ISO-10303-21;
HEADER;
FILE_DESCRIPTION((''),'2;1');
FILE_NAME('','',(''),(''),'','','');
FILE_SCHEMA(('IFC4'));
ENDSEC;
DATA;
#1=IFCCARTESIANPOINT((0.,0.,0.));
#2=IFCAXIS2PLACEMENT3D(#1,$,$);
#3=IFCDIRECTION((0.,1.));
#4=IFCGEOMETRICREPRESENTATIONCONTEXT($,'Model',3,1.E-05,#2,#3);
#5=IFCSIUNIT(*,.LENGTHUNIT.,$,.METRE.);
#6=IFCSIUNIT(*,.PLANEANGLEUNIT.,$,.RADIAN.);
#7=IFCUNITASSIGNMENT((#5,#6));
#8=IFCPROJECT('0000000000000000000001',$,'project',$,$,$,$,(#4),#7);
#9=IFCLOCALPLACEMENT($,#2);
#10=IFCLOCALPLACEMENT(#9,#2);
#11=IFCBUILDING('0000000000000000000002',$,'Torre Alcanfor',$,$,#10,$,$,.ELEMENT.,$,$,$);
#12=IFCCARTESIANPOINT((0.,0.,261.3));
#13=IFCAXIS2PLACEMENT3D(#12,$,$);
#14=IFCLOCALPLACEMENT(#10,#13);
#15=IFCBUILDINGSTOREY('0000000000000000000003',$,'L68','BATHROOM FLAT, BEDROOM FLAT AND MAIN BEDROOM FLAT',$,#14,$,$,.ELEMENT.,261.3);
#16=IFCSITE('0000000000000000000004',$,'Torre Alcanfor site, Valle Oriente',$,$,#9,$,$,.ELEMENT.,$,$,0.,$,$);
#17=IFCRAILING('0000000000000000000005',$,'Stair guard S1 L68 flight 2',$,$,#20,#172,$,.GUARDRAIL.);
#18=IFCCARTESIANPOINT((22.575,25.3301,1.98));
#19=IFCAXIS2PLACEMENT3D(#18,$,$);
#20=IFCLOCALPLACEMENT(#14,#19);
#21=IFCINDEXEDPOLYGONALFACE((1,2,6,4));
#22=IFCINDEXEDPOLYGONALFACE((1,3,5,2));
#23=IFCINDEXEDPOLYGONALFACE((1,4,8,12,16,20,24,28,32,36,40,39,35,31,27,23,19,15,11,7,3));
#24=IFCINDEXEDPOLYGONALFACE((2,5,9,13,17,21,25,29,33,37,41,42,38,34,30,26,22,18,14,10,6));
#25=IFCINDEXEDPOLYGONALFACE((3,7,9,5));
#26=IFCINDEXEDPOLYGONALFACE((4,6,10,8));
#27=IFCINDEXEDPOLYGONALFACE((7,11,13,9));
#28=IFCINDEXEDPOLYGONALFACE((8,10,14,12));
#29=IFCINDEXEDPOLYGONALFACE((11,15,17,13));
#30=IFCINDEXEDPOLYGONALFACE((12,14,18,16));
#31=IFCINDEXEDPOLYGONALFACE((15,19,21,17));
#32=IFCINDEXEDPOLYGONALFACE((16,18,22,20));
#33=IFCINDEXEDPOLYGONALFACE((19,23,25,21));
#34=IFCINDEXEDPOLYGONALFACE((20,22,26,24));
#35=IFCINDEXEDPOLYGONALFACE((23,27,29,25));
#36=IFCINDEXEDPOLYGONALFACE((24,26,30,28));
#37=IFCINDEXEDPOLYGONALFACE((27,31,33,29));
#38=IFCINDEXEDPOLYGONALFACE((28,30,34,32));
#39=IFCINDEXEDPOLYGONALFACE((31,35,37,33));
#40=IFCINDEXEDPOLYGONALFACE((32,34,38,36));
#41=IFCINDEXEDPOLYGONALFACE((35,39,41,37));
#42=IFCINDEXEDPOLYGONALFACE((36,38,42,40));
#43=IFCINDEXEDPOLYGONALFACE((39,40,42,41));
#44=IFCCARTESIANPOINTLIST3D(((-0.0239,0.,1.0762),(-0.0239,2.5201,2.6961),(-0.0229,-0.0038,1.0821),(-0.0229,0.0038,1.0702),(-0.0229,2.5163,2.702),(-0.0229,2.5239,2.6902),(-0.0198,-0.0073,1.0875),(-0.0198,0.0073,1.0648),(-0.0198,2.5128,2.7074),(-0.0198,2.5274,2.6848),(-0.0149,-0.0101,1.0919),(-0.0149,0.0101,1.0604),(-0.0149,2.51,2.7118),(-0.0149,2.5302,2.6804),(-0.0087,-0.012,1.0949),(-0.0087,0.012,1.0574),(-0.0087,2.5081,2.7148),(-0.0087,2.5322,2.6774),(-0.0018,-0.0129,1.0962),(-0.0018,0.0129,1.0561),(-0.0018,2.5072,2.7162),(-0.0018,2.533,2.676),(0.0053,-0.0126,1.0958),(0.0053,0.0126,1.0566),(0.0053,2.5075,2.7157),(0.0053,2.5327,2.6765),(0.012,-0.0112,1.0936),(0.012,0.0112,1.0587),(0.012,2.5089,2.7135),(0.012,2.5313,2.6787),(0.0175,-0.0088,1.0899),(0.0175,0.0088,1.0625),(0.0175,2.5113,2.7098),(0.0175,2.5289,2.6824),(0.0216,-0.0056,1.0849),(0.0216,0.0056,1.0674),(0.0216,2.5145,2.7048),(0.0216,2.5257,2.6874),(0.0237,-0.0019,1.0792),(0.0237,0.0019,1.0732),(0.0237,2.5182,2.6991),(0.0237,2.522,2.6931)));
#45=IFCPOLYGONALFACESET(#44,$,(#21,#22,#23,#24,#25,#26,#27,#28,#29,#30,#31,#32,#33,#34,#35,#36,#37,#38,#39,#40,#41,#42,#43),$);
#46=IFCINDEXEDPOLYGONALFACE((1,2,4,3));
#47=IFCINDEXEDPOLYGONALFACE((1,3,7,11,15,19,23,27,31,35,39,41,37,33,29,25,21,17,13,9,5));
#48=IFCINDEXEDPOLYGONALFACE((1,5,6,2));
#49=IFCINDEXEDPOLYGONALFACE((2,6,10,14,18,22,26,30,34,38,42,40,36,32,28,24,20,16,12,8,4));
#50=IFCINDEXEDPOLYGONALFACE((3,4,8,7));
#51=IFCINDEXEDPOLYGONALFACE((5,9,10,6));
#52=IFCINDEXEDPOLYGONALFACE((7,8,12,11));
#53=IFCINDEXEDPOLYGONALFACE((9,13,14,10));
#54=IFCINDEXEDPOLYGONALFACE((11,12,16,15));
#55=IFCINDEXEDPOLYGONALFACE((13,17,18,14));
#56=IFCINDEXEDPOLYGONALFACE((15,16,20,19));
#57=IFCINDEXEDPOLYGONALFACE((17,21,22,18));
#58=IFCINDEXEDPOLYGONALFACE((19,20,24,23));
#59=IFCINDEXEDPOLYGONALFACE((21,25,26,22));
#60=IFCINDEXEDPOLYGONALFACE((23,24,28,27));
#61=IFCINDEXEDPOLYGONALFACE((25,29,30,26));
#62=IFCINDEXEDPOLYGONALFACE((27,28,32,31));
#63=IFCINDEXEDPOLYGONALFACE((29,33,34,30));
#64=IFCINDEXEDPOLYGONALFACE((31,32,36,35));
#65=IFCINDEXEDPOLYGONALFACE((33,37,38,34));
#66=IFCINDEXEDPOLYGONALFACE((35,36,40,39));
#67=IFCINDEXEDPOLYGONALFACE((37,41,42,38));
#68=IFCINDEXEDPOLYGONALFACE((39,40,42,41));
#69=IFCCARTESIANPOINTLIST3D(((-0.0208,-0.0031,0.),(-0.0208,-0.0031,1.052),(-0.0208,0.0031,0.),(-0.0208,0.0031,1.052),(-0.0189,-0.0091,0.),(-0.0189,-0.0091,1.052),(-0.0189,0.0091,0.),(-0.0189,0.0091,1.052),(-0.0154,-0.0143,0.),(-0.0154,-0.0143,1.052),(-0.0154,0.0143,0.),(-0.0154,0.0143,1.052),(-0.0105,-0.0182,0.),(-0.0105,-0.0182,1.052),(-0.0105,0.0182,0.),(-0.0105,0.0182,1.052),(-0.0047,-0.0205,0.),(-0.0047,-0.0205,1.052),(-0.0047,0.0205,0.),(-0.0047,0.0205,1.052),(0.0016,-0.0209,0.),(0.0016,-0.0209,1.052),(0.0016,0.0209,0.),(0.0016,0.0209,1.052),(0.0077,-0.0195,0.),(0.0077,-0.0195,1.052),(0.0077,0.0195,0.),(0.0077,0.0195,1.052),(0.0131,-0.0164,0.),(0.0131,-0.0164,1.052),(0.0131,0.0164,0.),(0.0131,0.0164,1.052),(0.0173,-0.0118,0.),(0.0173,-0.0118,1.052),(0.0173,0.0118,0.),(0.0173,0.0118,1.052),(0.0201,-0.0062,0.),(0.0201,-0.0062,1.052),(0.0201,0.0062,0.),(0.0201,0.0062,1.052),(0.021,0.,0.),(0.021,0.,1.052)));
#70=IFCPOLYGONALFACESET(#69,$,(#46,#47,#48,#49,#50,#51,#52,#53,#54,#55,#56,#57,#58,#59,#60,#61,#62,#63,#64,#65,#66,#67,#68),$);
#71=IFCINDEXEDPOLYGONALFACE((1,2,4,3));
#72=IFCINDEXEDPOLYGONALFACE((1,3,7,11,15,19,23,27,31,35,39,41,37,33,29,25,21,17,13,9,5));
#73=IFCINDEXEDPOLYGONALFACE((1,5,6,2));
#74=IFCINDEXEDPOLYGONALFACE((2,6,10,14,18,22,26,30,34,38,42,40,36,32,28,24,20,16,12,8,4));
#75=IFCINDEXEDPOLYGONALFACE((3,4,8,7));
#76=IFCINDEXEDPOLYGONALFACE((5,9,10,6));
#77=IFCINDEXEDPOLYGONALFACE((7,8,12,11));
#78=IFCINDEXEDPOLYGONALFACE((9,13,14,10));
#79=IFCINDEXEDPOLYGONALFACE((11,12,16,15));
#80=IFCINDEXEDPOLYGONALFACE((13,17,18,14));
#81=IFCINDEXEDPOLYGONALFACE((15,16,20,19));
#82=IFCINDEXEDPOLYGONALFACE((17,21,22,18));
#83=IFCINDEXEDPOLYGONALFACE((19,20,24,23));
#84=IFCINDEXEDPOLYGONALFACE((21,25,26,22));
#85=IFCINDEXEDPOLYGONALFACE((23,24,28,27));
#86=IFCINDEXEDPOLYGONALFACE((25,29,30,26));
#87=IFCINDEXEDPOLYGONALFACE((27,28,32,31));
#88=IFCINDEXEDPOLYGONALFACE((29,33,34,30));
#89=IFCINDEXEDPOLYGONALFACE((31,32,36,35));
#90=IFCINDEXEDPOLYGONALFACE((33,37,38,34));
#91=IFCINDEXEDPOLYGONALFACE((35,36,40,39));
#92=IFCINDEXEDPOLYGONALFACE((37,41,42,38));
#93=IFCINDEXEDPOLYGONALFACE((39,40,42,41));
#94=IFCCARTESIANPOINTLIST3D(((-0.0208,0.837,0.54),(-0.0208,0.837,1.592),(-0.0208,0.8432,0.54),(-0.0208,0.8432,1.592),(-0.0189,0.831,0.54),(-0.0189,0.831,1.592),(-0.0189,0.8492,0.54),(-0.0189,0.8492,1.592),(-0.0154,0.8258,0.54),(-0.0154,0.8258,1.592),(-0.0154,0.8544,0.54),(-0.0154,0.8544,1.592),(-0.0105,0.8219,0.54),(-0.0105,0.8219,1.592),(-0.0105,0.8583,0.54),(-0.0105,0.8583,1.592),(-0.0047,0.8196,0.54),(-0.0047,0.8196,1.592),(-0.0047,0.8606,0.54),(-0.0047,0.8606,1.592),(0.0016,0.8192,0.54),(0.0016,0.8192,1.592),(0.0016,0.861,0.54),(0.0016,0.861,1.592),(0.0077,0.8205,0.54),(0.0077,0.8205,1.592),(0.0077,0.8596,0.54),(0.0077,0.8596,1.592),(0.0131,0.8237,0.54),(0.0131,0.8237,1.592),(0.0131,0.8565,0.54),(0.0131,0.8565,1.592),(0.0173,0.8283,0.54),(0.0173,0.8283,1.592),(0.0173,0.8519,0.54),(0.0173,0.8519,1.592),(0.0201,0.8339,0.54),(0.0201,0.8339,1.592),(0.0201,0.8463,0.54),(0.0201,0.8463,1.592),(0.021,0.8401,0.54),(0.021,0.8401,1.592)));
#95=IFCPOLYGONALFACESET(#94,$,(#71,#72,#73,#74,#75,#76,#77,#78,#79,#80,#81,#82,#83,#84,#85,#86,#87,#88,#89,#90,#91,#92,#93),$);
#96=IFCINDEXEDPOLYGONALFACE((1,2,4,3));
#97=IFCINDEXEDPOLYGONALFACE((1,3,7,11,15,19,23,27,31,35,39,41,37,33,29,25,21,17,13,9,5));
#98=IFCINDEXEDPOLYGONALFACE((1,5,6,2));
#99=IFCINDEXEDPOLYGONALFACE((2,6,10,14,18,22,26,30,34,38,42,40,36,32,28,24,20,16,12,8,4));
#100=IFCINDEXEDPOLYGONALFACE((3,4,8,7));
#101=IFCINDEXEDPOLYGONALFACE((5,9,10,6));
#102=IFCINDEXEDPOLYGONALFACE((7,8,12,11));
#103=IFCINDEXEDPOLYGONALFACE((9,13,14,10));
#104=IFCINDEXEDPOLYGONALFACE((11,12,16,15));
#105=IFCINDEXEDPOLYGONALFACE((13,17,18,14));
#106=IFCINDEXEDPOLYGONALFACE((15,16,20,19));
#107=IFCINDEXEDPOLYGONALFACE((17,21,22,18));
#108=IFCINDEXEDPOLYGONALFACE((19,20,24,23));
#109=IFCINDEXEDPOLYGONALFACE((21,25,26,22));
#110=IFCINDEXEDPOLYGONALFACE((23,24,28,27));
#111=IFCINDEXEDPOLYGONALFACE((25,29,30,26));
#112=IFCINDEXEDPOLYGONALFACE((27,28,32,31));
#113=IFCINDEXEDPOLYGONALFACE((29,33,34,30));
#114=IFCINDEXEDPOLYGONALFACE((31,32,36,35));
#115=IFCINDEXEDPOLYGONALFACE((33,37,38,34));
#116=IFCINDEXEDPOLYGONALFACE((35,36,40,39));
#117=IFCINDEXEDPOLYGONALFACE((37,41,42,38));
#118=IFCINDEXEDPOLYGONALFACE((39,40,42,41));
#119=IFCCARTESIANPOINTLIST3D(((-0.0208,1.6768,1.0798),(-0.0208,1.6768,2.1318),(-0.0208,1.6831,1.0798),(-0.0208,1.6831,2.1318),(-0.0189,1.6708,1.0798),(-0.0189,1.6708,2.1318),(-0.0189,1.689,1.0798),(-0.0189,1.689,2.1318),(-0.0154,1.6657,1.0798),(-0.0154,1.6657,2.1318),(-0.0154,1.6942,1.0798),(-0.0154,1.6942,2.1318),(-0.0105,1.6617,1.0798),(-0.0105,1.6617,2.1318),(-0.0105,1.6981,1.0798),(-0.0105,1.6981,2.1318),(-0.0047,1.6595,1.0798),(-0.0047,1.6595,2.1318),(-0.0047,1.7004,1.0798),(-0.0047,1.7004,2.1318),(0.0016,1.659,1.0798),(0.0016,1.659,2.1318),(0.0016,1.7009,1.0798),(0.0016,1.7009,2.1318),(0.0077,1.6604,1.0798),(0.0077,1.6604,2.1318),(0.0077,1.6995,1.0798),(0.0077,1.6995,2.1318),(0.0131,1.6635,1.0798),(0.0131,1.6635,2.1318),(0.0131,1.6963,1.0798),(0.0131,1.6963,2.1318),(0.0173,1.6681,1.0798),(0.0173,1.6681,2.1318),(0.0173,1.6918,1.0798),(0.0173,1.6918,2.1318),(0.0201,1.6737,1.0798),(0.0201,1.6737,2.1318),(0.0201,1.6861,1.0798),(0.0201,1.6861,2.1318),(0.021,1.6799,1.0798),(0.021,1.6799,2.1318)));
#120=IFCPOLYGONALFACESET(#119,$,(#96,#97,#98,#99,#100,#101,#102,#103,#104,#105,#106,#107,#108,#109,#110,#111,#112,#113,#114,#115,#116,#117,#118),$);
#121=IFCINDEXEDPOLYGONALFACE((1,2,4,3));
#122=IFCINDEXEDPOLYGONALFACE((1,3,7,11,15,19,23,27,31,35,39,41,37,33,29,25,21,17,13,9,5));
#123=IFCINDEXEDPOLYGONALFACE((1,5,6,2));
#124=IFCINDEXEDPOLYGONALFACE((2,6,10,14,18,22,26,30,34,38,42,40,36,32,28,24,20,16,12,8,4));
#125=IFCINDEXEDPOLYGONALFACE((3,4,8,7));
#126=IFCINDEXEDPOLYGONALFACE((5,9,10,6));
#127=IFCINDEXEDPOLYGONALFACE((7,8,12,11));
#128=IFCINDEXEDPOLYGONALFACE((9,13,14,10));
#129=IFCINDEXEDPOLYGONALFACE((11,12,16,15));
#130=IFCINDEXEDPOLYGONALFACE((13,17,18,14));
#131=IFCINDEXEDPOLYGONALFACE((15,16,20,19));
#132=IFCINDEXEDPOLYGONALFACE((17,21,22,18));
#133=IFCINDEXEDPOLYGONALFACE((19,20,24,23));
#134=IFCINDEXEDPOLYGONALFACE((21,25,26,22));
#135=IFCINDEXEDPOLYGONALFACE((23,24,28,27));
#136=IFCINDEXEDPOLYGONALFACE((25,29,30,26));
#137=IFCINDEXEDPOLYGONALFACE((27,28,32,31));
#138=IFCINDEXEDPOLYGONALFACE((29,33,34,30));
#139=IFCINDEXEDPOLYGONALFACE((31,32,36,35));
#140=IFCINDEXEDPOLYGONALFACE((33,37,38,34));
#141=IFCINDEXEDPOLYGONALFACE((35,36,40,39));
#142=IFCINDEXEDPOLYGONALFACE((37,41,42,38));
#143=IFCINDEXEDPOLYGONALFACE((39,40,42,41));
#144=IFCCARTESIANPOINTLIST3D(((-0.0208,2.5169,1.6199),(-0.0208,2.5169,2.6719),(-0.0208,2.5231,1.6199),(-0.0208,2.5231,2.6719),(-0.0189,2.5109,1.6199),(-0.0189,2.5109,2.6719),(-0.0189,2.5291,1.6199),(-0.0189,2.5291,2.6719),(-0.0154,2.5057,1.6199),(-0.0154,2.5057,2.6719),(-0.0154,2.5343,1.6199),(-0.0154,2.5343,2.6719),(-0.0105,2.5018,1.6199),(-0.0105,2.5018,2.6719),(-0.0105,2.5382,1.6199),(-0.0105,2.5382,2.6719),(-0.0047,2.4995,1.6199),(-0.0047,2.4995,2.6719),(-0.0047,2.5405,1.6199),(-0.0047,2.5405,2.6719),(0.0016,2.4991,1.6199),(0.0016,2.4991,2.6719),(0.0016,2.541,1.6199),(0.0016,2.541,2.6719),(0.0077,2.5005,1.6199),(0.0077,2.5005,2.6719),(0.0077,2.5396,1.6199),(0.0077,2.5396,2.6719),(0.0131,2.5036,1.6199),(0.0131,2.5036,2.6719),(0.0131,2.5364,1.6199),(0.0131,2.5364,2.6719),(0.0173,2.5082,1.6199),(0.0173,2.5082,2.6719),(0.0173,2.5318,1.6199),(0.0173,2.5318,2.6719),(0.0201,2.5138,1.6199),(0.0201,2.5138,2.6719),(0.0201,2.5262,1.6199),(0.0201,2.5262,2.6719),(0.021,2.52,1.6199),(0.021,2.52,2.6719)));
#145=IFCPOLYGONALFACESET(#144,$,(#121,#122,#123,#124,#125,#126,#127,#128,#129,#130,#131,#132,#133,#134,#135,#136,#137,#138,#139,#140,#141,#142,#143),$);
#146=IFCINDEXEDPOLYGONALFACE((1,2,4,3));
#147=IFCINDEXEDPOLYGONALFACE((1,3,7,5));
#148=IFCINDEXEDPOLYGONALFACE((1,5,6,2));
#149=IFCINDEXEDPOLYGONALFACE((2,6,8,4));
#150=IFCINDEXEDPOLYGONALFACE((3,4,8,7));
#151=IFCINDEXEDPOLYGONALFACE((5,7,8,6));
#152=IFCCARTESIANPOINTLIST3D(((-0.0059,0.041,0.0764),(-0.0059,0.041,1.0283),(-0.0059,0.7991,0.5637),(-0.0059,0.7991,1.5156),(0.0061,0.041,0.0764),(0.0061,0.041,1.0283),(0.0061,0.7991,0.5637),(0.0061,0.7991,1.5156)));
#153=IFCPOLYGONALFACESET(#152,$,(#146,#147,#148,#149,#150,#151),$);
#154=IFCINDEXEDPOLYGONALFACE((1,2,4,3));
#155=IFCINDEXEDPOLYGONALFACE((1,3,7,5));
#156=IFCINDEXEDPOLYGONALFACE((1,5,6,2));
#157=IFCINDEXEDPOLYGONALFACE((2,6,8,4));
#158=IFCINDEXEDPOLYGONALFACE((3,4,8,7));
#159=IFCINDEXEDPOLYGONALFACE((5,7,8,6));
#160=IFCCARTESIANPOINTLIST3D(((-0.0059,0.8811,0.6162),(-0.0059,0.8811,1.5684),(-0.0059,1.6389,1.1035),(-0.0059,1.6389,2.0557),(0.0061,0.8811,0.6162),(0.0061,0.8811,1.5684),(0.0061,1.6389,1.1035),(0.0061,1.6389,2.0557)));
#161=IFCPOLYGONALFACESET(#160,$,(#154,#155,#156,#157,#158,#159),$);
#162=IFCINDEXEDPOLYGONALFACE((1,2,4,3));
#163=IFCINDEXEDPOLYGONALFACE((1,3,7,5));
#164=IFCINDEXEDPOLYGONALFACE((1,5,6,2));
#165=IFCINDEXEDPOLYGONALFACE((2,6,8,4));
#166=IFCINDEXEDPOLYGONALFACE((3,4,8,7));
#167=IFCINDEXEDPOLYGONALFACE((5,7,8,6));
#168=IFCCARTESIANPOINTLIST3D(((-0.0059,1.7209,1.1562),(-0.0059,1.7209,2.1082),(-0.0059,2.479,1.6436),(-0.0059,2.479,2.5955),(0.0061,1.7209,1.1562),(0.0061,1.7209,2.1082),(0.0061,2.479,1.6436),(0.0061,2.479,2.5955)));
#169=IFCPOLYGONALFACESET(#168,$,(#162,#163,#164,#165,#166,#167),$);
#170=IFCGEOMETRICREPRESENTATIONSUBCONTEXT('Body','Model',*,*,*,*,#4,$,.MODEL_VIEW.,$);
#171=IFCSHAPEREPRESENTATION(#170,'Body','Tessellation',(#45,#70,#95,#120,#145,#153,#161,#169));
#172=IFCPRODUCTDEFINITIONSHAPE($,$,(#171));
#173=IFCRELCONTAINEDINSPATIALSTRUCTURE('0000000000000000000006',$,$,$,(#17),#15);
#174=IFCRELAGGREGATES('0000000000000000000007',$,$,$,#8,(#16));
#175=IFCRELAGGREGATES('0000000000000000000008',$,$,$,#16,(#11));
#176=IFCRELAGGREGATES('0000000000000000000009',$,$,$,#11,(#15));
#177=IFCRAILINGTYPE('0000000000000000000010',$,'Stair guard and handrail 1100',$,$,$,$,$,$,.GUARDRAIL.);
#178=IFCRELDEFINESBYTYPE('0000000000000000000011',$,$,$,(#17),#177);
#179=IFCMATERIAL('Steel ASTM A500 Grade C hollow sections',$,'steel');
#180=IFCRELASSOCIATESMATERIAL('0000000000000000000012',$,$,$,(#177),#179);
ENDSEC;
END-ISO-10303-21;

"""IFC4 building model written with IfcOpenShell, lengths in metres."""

from ifc_helpers import new_model, si_unit, direction, frame, origin, origin_2d, place, context, subcontext, project, spatial, polyline, circle, outline, extrude, material, type_object, element, save


model = new_model("IFC4")

# Units and contexts
model_context = context("Model", 3, precision=1e-05, world=origin(), true_north=direction((0.0, 1.0)))
body_context = subcontext(model_context, "Body", "Model", "MODEL_VIEW")
ifc_project = project(units=[si_unit("LENGTHUNIT", "METRE"), si_unit("PLANEANGLEUNIT", "RADIAN")], contexts=[model_context])

# Site, building, storey
site_placement = place(None, origin())
site = spatial("IfcSite", under=ifc_project, at=site_placement, Name="Torre Alcanfor site, Valle Oriente", CompositionType="ELEMENT", RefElevation=0.0)
building_placement = place(site_placement, origin())
building = spatial("IfcBuilding", under=site, at=building_placement, Name="Torre Alcanfor", CompositionType="ELEMENT")
storey_placement = place(building_placement, frame((0.0, 0.0, 261.3)))
storey = spatial("IfcBuildingStorey", under=building, at=storey_placement, Name="L68", Description="BATHROOM FLAT, BEDROOM FLAT AND MAIN BEDROOM FLAT", CompositionType="ELEMENT", Elevation=261.3)

# Railing
ifc_material_1 = material(Name="Steel ASTM A500 Grade C hollow sections", Category="steel")
railing_type_1 = type_object("IfcRailingType", Name="Stair guard and handrail 1100", PredefinedType="GUARDRAIL", material=ifc_material_1)
railing_1_placement = place(storey_placement, frame((22.575, 25.3301, 1.98)))
element("IfcRailing", 1, at=railing_1_placement, inside=storey, type_object=railing_type_1, Name="Stair guard S1 L68 flight 2", PredefinedType="GUARDRAIL", context=body_context, shape_type="SweptSolid", body=[
    extrude(circle(Radius=0.0239, at=origin_2d()), frame((0.0, 0.0, 1.0762), z_axis=(0.0, 0.8412, 0.540725), x_axis=(-1.0, 0.0, 0.0)), (0.0, 0.0, 1.0), 2.9958),
    extrude(circle(Radius=0.021, at=origin_2d()), origin(), (0.0, 0.0, 1.0), 1.052),
    extrude(circle(Radius=0.021, at=origin_2d()), frame((0.0, 0.8401, 0.54)), (0.0, 0.0, 1.0), 1.052),
    extrude(circle(Radius=0.021, at=origin_2d()), frame((0.0, 1.6799, 1.0798)), (0.0, 0.0, 1.0), 1.052),
    extrude(circle(Radius=0.021, at=origin_2d()), frame((0.0, 2.52, 1.6199)), (0.0, 0.0, 1.0), 1.052),
    extrude(outline(polyline([(0.041, 0.0764), (0.7991, 0.5637), (0.7991, 1.5156), (0.041, 1.0283), (0.041, 0.0764)])), frame((-0.0059, 0.0, 0.0), z_axis=(1.0, 0.0, 0.0), x_axis=(0.0, 1.0, 0.0)), (0.0, 0.0, 1.0), 0.012),
    extrude(outline(polyline([(0.8811, 0.6162), (1.6389, 1.1035), (1.6389, 2.0557), (0.8811, 1.5684), (0.8811, 0.6162)])), frame((-0.0059, 0.0, 0.0), z_axis=(1.0, 0.0, 0.0), x_axis=(0.0, 1.0, 0.0)), (0.0, 0.0, 1.0), 0.012),
    extrude(outline(polyline([(1.7209, 1.1562), (2.479, 1.6436), (2.479, 2.5955), (1.7209, 2.1082), (1.7209, 1.1562)])), frame((-0.0059, 0.0, 0.0), z_axis=(1.0, 0.0, 0.0), x_axis=(0.0, 1.0, 0.0)), (0.0, 0.0, 1.0), 0.012),
])

save(model, "model.ifc")
